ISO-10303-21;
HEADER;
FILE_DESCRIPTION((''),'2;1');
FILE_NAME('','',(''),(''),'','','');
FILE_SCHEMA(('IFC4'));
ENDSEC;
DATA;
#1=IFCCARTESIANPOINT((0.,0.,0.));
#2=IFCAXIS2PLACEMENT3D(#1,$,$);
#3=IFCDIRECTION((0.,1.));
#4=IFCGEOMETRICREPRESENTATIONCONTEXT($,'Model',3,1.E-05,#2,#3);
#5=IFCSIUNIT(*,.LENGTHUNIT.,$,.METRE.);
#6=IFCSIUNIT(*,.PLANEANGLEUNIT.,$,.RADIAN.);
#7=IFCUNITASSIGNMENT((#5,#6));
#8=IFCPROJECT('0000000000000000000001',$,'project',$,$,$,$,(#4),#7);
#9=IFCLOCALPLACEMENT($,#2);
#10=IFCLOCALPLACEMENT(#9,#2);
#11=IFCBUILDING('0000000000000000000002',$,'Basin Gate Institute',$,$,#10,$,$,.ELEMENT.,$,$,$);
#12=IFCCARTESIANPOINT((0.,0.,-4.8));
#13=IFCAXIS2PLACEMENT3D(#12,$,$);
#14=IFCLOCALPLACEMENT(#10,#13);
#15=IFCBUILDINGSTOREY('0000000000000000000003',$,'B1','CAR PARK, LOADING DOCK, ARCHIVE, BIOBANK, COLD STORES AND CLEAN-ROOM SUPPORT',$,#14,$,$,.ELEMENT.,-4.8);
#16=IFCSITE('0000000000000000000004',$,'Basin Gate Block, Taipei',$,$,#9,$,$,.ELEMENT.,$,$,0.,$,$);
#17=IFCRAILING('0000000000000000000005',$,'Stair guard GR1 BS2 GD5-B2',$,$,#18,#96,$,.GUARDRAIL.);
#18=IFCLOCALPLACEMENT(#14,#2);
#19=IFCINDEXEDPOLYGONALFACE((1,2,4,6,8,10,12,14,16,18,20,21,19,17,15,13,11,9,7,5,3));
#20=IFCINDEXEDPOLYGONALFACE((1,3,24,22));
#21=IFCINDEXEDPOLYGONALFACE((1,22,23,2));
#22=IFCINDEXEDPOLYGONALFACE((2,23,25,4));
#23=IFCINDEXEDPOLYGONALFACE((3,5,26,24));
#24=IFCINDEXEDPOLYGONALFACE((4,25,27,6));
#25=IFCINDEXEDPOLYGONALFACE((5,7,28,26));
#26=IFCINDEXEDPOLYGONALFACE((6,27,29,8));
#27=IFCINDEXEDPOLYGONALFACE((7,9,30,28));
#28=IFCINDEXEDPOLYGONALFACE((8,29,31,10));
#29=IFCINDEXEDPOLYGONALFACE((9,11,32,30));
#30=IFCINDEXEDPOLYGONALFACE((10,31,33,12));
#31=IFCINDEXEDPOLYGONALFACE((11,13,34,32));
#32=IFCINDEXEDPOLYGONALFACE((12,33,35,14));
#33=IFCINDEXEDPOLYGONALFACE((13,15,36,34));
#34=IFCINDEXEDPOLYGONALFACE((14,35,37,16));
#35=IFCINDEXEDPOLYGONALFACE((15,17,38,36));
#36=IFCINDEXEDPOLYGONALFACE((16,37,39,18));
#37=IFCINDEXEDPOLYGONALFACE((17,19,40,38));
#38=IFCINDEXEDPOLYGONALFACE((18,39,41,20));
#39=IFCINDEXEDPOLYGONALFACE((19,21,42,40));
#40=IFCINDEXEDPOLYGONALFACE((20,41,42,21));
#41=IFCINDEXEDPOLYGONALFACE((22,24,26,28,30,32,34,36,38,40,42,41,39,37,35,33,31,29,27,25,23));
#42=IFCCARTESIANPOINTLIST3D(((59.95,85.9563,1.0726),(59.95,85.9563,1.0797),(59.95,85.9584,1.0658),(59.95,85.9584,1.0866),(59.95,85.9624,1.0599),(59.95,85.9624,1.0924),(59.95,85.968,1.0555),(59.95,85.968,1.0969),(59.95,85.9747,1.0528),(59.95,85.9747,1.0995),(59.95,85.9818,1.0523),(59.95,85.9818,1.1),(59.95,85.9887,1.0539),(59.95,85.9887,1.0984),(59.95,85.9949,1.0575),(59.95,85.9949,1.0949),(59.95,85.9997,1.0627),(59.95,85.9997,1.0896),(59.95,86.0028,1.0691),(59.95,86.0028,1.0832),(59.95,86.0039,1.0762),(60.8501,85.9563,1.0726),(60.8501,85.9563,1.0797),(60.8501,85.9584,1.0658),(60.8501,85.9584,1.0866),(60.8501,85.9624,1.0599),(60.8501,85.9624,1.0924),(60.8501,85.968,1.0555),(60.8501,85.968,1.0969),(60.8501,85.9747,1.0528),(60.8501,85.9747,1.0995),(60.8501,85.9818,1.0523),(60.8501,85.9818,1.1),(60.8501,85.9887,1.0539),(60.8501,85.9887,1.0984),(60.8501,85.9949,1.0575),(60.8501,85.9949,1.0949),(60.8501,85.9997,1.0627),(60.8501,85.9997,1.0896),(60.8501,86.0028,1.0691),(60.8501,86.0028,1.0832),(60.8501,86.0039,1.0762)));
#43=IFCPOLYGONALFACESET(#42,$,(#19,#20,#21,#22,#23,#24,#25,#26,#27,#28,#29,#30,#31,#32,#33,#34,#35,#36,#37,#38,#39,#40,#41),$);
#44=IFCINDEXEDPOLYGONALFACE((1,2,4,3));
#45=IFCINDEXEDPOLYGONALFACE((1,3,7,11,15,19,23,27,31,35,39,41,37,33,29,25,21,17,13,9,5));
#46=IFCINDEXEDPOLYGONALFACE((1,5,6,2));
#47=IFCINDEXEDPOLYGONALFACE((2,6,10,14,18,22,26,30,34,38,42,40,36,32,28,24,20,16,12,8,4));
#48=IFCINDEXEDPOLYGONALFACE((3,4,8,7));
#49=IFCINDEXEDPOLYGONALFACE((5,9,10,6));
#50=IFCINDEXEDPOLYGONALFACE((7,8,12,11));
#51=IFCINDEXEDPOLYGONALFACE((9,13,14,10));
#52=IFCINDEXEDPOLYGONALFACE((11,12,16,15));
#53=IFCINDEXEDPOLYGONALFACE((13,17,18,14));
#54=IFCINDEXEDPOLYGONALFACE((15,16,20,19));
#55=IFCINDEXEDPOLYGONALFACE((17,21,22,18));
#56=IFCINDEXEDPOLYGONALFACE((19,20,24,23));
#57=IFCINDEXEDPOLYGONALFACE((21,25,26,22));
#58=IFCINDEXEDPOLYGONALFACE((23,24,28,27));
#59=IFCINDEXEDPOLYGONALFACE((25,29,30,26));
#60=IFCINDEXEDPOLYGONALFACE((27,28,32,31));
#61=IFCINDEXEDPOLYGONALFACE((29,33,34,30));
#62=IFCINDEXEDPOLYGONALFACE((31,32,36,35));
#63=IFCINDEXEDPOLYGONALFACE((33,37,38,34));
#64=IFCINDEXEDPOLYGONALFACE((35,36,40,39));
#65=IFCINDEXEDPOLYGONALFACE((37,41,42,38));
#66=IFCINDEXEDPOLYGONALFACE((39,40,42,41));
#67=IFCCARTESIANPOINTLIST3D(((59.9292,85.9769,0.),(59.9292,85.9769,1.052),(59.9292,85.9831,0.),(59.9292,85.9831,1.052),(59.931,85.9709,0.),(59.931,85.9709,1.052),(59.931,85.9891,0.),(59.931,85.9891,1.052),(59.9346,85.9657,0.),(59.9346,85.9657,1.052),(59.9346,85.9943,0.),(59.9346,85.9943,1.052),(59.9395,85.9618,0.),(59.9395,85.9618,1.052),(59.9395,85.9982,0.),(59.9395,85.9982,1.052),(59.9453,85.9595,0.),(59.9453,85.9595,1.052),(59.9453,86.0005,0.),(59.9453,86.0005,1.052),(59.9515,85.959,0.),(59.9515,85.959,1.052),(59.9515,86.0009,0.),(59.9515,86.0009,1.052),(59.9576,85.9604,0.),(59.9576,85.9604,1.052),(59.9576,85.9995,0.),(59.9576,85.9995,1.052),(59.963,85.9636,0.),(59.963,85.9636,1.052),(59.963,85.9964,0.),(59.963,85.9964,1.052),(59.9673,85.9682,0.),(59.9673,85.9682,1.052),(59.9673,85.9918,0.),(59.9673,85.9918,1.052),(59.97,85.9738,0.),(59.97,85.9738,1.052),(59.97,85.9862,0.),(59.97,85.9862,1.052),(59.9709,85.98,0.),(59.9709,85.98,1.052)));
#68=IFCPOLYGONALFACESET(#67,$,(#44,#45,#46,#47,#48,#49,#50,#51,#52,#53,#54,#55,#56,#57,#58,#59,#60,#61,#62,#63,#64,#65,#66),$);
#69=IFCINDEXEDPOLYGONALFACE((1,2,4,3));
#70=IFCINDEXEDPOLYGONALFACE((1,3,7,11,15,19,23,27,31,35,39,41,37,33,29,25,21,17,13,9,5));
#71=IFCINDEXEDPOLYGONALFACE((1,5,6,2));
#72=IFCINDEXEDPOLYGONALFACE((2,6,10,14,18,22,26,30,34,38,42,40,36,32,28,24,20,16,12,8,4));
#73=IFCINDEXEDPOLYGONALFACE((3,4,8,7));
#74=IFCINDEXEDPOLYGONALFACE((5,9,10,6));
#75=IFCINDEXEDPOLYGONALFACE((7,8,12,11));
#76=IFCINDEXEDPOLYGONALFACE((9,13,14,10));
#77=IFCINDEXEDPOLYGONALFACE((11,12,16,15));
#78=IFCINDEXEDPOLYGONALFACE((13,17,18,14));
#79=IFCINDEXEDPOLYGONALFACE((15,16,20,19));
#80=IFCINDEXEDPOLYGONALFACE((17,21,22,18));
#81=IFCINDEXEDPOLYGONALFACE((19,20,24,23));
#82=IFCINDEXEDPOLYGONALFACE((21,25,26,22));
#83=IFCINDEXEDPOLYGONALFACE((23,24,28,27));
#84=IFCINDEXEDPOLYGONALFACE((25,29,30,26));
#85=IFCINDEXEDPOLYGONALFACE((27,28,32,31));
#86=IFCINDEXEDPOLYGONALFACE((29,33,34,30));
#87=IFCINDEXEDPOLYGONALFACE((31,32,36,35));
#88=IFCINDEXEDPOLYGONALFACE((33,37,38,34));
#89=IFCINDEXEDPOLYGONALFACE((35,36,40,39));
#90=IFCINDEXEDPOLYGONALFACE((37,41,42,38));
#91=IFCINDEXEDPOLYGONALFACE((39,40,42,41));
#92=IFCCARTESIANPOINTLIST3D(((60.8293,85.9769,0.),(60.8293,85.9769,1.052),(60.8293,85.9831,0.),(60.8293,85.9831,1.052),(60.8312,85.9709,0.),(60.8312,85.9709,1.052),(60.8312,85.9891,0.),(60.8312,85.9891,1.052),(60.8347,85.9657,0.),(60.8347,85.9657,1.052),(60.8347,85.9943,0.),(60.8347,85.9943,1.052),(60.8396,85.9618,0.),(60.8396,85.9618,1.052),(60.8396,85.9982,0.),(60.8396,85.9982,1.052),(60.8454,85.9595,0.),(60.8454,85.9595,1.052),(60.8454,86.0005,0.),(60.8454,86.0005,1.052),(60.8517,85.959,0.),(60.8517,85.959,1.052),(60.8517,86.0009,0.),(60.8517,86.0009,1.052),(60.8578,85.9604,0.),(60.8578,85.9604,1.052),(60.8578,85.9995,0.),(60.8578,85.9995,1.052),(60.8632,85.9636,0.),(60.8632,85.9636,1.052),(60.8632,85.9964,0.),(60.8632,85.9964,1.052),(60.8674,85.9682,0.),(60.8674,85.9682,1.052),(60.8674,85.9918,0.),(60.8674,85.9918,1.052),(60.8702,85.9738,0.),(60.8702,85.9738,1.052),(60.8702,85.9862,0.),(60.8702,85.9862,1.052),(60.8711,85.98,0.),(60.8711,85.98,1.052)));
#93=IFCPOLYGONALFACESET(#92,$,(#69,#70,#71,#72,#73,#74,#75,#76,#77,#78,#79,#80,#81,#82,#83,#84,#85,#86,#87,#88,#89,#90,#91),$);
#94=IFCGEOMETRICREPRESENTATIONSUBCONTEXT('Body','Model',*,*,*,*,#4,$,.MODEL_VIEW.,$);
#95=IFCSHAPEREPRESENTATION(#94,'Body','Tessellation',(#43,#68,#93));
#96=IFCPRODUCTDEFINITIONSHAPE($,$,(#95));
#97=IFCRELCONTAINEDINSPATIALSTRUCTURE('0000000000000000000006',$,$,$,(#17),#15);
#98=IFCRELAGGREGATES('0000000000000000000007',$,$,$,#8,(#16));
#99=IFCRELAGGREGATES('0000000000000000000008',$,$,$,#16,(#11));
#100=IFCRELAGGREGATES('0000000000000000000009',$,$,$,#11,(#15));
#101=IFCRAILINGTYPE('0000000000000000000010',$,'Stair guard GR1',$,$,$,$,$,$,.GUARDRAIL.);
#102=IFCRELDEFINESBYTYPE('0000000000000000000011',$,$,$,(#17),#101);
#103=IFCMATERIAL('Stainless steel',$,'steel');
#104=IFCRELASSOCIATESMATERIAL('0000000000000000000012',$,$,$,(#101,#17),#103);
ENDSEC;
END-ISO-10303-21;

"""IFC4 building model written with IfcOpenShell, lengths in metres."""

from ifc_helpers import new_model, si_unit, direction, frame, origin, origin_2d, place, context, subcontext, project, spatial, circle, extrude, material, type_object, element, save


model = new_model("IFC4")

# Units and contexts
model_context = context("Model", 3, precision=1e-05, world=origin(), true_north=direction((0.0, 1.0)))
body_context = subcontext(model_context, "Body", "Model", "MODEL_VIEW")
ifc_project = project(units=[si_unit("LENGTHUNIT", "METRE"), si_unit("PLANEANGLEUNIT", "RADIAN")], contexts=[model_context])

# Site, building, storey
site_placement = place(None, origin())
site = spatial("IfcSite", under=ifc_project, at=site_placement, Name="Basin Gate Block, Taipei", CompositionType="ELEMENT", RefElevation=0.0)
building_placement = place(site_placement, origin())
building = spatial("IfcBuilding", under=site, at=building_placement, Name="Basin Gate Institute", CompositionType="ELEMENT")
storey_placement = place(building_placement, frame((0.0, 0.0, -4.8)))
storey = spatial("IfcBuildingStorey", under=building, at=storey_placement, Name="B1", Description="CAR PARK, LOADING DOCK, ARCHIVE, BIOBANK, COLD STORES AND CLEAN-ROOM SUPPORT", CompositionType="ELEMENT", Elevation=-4.8)

# Railing
ifc_material_1 = material(Name="Stainless steel", Category="steel")
railing_type_1 = type_object("IfcRailingType", Name="Stair guard GR1", PredefinedType="GUARDRAIL", material=ifc_material_1)
railing_1_placement = place(storey_placement, frame((59.95, 85.98, 0.0)))
element("IfcRailing", 1, at=railing_1_placement, inside=storey, type_object=railing_type_1, material=ifc_material_1, Name="Stair guard GR1 BS2 GD5-B2", PredefinedType="GUARDRAIL", context=body_context, shape_type="SweptSolid", body=[
    extrude(circle(Radius=0.0239, at=origin_2d()), frame((0.0, 0.0, 1.0762), z_axis=(1.0, 0.0, 0.0), x_axis=(0.0, 1.0, 0.0)), (0.0, 0.0, 1.0), 0.9001),
    extrude(circle(Radius=0.021, at=origin_2d()), origin(), (0.0, 0.0, 1.0), 1.052),
    extrude(circle(Radius=0.021, at=origin_2d()), frame((0.9001, 0.0, 0.0)), (0.0, 0.0, 1.0), 1.052),
])

save(model, "model.ifc")
